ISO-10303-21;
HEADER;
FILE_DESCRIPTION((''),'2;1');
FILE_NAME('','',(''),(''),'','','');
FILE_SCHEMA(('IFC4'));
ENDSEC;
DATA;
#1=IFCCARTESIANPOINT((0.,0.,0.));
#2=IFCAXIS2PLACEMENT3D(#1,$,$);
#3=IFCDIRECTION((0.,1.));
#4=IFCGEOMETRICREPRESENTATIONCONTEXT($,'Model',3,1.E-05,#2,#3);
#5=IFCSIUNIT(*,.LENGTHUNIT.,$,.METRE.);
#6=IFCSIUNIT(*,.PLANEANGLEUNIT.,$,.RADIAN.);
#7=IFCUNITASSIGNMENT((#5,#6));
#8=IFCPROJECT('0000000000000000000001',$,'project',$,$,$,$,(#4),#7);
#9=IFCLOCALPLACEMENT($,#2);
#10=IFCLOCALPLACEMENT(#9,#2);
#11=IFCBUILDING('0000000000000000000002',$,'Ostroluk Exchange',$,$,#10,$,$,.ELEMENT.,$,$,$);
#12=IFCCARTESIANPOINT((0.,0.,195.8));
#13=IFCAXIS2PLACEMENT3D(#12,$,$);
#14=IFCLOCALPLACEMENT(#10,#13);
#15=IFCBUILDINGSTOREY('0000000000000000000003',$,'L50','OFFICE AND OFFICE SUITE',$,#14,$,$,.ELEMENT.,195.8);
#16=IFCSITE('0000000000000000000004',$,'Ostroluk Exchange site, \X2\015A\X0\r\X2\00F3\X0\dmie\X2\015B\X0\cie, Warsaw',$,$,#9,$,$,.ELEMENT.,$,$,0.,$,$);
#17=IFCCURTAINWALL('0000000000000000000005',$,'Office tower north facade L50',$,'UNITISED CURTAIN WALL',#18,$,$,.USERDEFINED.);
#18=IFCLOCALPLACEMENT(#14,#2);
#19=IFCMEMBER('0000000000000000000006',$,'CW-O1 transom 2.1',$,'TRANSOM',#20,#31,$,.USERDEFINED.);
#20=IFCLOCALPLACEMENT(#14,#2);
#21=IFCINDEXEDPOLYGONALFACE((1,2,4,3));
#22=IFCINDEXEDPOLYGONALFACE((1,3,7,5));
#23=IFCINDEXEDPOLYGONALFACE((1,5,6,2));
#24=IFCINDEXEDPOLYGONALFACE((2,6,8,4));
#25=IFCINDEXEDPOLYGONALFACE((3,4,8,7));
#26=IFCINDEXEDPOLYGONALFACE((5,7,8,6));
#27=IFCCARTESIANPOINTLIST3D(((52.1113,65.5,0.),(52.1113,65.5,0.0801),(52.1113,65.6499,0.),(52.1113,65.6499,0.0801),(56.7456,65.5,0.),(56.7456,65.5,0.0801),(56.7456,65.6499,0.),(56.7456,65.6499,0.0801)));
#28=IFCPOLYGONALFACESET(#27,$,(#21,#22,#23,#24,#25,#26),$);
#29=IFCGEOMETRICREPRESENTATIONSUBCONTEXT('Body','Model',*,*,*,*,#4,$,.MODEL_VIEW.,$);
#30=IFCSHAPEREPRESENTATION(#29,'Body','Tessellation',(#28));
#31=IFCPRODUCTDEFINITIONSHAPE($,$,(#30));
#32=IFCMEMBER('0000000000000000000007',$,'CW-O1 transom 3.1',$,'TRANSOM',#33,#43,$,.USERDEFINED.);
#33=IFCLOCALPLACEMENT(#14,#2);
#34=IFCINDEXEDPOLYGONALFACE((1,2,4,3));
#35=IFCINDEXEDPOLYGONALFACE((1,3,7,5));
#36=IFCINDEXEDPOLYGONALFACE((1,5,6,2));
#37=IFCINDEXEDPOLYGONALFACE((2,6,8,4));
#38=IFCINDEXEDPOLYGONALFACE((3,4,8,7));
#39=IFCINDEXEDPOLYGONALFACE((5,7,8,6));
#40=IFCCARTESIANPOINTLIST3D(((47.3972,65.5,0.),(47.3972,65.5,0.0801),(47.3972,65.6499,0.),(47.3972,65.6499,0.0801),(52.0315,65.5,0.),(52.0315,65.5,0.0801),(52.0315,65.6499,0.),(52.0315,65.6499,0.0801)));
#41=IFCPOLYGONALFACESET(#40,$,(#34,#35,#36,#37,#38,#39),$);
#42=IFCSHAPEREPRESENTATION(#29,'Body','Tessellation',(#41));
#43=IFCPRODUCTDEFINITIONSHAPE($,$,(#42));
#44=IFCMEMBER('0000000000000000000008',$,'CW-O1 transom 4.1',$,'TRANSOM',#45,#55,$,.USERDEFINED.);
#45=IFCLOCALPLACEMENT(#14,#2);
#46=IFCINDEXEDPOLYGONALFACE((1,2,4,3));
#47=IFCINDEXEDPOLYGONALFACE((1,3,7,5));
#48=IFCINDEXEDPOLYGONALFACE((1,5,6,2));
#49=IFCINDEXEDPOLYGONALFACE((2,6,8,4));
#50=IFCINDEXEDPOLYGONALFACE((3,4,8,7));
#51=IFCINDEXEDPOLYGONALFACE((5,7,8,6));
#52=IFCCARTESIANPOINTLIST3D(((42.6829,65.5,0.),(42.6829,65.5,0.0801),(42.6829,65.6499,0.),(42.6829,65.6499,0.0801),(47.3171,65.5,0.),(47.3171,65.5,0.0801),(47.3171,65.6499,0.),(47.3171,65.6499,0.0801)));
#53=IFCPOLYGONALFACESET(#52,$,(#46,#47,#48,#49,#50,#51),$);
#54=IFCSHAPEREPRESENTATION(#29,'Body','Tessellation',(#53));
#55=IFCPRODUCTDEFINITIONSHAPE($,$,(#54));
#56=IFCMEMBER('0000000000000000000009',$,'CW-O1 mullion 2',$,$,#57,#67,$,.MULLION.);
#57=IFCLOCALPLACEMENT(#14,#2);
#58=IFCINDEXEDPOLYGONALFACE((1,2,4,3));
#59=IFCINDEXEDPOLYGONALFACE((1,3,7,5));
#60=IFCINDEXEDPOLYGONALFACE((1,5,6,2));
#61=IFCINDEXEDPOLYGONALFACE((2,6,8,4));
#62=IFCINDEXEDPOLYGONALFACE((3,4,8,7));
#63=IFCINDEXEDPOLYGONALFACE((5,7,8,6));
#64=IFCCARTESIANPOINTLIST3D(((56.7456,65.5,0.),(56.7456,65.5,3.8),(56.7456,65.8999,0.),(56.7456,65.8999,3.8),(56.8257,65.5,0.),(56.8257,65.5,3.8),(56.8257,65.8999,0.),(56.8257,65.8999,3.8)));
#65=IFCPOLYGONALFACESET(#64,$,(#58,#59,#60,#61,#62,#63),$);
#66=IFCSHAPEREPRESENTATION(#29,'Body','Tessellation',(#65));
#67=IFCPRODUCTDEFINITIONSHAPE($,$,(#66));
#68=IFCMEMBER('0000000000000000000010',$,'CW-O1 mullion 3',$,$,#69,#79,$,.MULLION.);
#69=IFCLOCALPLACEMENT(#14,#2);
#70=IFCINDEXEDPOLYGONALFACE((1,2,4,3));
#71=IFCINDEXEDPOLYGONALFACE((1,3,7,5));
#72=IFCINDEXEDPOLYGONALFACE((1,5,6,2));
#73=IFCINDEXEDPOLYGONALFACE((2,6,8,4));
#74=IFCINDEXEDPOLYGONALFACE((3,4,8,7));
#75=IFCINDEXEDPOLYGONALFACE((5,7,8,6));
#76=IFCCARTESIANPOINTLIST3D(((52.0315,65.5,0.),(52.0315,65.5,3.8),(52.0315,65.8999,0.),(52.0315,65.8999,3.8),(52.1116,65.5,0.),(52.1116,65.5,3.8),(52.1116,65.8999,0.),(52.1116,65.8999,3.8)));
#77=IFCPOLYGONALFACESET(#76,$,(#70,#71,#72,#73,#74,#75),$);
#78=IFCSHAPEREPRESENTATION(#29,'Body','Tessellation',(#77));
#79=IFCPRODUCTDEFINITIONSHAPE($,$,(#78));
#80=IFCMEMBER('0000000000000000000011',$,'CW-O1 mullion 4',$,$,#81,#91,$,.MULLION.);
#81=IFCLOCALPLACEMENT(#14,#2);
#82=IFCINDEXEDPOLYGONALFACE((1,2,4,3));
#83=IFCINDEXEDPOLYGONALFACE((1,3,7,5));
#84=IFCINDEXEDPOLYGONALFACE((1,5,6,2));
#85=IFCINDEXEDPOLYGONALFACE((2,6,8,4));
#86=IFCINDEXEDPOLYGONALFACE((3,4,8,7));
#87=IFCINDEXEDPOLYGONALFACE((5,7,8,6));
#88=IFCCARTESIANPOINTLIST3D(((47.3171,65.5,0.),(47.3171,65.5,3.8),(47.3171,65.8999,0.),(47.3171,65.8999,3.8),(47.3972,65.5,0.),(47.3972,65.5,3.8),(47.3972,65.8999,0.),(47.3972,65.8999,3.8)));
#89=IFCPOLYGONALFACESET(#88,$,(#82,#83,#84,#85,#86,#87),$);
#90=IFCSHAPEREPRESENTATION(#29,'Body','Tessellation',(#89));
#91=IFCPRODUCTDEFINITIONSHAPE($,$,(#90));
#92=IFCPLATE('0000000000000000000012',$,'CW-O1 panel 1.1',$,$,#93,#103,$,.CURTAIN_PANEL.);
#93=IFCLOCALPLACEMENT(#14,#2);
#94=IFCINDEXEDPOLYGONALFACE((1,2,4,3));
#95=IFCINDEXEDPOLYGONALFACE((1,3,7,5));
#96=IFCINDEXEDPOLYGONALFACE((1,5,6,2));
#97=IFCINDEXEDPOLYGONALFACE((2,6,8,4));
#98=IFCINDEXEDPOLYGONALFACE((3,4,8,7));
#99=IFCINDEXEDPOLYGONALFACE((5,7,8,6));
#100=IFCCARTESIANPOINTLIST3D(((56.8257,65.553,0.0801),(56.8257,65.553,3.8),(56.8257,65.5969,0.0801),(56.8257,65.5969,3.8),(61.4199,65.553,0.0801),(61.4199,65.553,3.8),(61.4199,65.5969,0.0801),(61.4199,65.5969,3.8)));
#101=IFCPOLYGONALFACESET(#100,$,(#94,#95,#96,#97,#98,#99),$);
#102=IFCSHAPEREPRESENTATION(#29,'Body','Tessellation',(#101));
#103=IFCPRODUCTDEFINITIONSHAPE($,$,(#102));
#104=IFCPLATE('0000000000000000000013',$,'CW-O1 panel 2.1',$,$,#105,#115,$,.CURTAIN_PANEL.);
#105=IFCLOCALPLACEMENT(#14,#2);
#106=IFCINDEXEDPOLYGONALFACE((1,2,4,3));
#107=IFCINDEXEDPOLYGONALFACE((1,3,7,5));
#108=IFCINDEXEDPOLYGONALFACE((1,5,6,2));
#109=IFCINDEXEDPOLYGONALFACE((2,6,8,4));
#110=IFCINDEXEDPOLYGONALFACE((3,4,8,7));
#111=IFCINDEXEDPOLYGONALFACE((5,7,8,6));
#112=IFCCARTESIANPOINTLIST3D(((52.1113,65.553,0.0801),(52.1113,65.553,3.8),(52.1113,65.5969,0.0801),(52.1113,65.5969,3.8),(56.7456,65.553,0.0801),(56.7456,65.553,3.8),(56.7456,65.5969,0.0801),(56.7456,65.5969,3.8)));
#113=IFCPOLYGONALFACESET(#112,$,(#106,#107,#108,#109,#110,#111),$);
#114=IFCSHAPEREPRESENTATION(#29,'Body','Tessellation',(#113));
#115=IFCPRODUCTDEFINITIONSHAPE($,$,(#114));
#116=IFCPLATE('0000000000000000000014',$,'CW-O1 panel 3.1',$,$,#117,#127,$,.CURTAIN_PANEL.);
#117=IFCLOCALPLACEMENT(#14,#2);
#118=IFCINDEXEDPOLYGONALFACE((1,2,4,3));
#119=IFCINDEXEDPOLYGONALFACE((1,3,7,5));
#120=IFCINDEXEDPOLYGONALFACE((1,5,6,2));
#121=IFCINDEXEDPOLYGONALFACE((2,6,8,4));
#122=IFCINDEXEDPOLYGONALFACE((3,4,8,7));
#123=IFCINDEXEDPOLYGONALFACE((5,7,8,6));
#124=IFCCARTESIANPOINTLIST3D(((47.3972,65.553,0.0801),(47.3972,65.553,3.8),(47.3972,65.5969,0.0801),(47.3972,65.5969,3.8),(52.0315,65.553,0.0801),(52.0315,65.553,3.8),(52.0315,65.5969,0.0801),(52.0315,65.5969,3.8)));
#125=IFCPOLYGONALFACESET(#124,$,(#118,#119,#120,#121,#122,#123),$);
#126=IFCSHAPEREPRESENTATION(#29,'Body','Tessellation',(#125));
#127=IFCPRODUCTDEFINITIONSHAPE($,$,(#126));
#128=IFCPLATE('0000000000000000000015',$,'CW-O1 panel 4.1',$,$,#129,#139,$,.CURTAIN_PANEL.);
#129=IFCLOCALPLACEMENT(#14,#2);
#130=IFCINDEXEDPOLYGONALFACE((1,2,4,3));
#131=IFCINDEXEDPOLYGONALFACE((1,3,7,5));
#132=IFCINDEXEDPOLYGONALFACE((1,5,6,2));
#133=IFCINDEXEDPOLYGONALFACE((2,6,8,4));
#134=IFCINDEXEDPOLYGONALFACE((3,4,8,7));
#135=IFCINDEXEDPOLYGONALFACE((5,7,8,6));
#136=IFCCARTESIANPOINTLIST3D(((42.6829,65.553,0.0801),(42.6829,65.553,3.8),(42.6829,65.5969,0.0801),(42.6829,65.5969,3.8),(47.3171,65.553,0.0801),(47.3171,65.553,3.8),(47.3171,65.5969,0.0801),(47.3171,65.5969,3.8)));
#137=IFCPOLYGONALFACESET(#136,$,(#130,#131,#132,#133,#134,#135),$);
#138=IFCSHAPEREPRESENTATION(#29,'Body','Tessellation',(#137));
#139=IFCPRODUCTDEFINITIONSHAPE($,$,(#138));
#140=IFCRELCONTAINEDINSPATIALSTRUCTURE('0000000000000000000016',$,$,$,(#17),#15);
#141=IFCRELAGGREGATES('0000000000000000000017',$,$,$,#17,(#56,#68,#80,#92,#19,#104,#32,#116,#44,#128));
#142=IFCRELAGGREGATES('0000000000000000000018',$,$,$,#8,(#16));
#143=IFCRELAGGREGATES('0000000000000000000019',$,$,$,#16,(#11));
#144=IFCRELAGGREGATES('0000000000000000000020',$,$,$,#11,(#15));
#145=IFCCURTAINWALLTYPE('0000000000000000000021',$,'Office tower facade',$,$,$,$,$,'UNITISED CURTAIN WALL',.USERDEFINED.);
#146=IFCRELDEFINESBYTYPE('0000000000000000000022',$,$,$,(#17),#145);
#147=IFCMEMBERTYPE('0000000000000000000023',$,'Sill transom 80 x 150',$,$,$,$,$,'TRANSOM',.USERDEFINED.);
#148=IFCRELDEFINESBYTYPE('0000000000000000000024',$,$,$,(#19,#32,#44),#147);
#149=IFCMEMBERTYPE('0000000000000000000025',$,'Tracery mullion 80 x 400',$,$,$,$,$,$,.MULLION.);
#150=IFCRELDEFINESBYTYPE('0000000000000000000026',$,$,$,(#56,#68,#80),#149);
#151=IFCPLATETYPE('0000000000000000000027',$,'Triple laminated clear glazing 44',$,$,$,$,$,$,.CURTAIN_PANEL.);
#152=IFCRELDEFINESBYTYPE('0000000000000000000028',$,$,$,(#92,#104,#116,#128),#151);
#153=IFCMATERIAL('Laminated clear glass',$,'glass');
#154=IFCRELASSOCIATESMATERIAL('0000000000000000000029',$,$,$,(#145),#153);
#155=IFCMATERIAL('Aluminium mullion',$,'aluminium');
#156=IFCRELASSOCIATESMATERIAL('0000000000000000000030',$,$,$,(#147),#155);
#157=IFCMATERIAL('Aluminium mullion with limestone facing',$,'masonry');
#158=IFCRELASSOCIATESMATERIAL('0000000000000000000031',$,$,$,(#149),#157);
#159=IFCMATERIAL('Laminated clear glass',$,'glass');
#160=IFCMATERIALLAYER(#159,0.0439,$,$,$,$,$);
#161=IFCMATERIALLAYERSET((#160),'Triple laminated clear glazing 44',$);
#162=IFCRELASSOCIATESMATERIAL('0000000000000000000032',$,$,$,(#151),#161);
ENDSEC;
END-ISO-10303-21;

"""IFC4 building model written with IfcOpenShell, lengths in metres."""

from ifc_helpers import new_model, si_unit, direction, frame, origin, origin_2d, place, context, subcontext, project, spatial, rectangle, extrude, material, layer, layer_set, material_profile, profile_set, type_object, element, aggregate, save


model = new_model("IFC4")

# Units and contexts
model_context = context("Model", 3, precision=1e-05, world=origin(), true_north=direction((0.0, 1.0)))
body_context = subcontext(model_context, "Body", "Model", "MODEL_VIEW")
ifc_project = project(units=[si_unit("LENGTHUNIT", "METRE"), si_unit("PLANEANGLEUNIT", "RADIAN")], contexts=[model_context])

# Site, building, storey
site_placement = place(None, origin())
site = spatial("IfcSite", under=ifc_project, at=site_placement, Name="Ostroluk Exchange site, Śródmieście, Warsaw", CompositionType="ELEMENT", RefElevation=0.0)
building_placement = place(site_placement, origin())
building = spatial("IfcBuilding", under=site, at=building_placement, Name="Ostroluk Exchange", CompositionType="ELEMENT")
storey_placement = place(building_placement, frame((0.0, 0.0, 195.8)))
storey = spatial("IfcBuildingStorey", under=building, at=storey_placement, Name="L50", Description="OFFICE AND OFFICE SUITE", CompositionType="ELEMENT", Elevation=195.8)

# Curtain wall, members, plates
ifc_material_1 = material(Name="Laminated clear glass", Category="glass")
curtain_wall_type = type_object("IfcCurtainWallType", Name="Office tower facade", ElementType="UNITISED CURTAIN WALL", PredefinedType="USERDEFINED", material=ifc_material_1)
curtain_wall_placement = place(storey_placement, origin())
curtain_wall = element("IfcCurtainWall", 1, at=curtain_wall_placement, inside=storey, type_object=curtain_wall_type, Name="Office tower north facade L50", ObjectType="UNITISED CURTAIN WALL", PredefinedType="USERDEFINED")
ifc_material_2 = material(Name="Aluminium mullion", Category="aluminium")
ifc_material_profile_1 = material_profile(ifc_material_2, rectangle(XDim=0.1499, YDim=0.0801, at=origin_2d()), Name="Sill transom 80 x 150")
ifc_profile_set_1 = profile_set([ifc_material_profile_1], Name="Aluminium mullion")
member_type_1 = type_object("IfcMemberType", Name="Sill transom 80 x 150", ElementType="TRANSOM", PredefinedType="USERDEFINED", material=ifc_profile_set_1)
member_1_placement = place(storey_placement, frame((56.7456, 65.575, 0.04), z_axis=(-1.0, 0.0, 0.0), x_axis=(0.0, -1.0, 0.0)))
member_1 = element("IfcMember", 2, at=member_1_placement, type_object=member_type_1, Name="CW-O1 transom 2.1", ObjectType="TRANSOM", PredefinedType="USERDEFINED", context=body_context, shape_type="SweptSolid", body=[
    extrude(rectangle(XDim=0.1499, YDim=0.0801, at=origin_2d()), origin(), (0.0, 0.0, 1.0), 4.6343),
])
member_2_placement = place(storey_placement, frame((52.0315, 65.575, 0.04), z_axis=(-1.0, 0.0, 0.0), x_axis=(0.0, -1.0, 0.0)))
member_2 = element("IfcMember", 3, at=member_2_placement, type_object=member_type_1, Name="CW-O1 transom 3.1", ObjectType="TRANSOM", PredefinedType="USERDEFINED", context=body_context, shape_type="SweptSolid", body=[
    extrude(rectangle(XDim=0.1499, YDim=0.0801, at=origin_2d()), origin(), (0.0, 0.0, 1.0), 4.6343),
])
member_3_placement = place(storey_placement, frame((47.3171, 65.575, 0.04), z_axis=(-1.0, 0.0, 0.0), x_axis=(0.0, -1.0, 0.0)))
member_3 = element("IfcMember", 4, at=member_3_placement, type_object=member_type_1, Name="CW-O1 transom 4.1", ObjectType="TRANSOM", PredefinedType="USERDEFINED", context=body_context, shape_type="SweptSolid", body=[
    extrude(rectangle(XDim=0.1499, YDim=0.0801, at=origin_2d()), origin(), (0.0, 0.0, 1.0), 4.6343),
])
ifc_material_3 = material(Name="Aluminium mullion with limestone facing", Category="masonry")
ifc_material_profile_2 = material_profile(ifc_material_3, rectangle(XDim=0.3999, YDim=0.0801, at=origin_2d()), Name="Tracery mullion 80 x 400")
ifc_profile_set_2 = profile_set([ifc_material_profile_2], Name="Aluminium mullion with limestone facing")
member_type_2 = type_object("IfcMemberType", Name="Tracery mullion 80 x 400", PredefinedType="MULLION", material=ifc_profile_set_2)
member_4_placement = place(storey_placement, frame((56.7856, 65.7, 0.0), z_axis=(0.0, 0.0, 1.0), x_axis=(0.0, -1.0, 0.0)))
member_4 = element("IfcMember", 5, at=member_4_placement, type_object=member_type_2, Name="CW-O1 mullion 2", PredefinedType="MULLION", context=body_context, shape_type="SweptSolid", body=[
    extrude(rectangle(XDim=0.3999, YDim=0.0801, at=origin_2d()), origin(), (0.0, 0.0, 1.0), 3.8),
])
member_5_placement = place(storey_placement, frame((52.0715, 65.7, 0.0), z_axis=(0.0, 0.0, 1.0), x_axis=(0.0, -1.0, 0.0)))
member_5 = element("IfcMember", 6, at=member_5_placement, type_object=member_type_2, Name="CW-O1 mullion 3", PredefinedType="MULLION", context=body_context, shape_type="SweptSolid", body=[
    extrude(rectangle(XDim=0.3999, YDim=0.0801, at=origin_2d()), origin(), (0.0, 0.0, 1.0), 3.8),
])
member_6_placement = place(storey_placement, frame((47.3572, 65.7, 0.0), z_axis=(0.0, 0.0, 1.0), x_axis=(0.0, -1.0, 0.0)))
member_6 = element("IfcMember", 7, at=member_6_placement, type_object=member_type_2, Name="CW-O1 mullion 4", PredefinedType="MULLION", context=body_context, shape_type="SweptSolid", body=[
    extrude(rectangle(XDim=0.3999, YDim=0.0801, at=origin_2d()), origin(), (0.0, 0.0, 1.0), 3.8),
])
ifc_material_4 = material(Name="Laminated clear glass", Category="glass")
ifc_layer_1 = layer(ifc_material_4, 0.0439)
ifc_layer_set_1 = layer_set([ifc_layer_1], Name="Triple laminated clear glazing 44")
plate_type = type_object("IfcPlateType", Name="Triple laminated clear glazing 44", PredefinedType="CURTAIN_PANEL", material=ifc_layer_set_1)
plate_1_placement = place(storey_placement, frame((59.1228, 65.575, 0.0801), z_axis=(0.0, 0.0, 1.0), x_axis=(-1.0, 0.0, 0.0)))
plate_1 = element("IfcPlate", 8, at=plate_1_placement, type_object=plate_type, Name="CW-O1 panel 1.1", PredefinedType="CURTAIN_PANEL", context=body_context, shape_type="SweptSolid", body=[
    extrude(rectangle(XDim=4.5942, YDim=0.0439, at=origin_2d()), origin(), (0.0, 0.0, 1.0), 3.72),
])
plate_2_placement = place(storey_placement, frame((54.4285, 65.575, 0.0801), z_axis=(0.0, 0.0, 1.0), x_axis=(-1.0, 0.0, 0.0)))
plate_2 = element("IfcPlate", 9, at=plate_2_placement, type_object=plate_type, Name="CW-O1 panel 2.1", PredefinedType="CURTAIN_PANEL", context=body_context, shape_type="SweptSolid", body=[
    extrude(rectangle(XDim=4.6343, YDim=0.0439, at=origin_2d()), origin(), (0.0, 0.0, 1.0), 3.72),
])
plate_3_placement = place(storey_placement, frame((49.7144, 65.575, 0.0801), z_axis=(0.0, 0.0, 1.0), x_axis=(-1.0, 0.0, 0.0)))
plate_3 = element("IfcPlate", 10, at=plate_3_placement, type_object=plate_type, Name="CW-O1 panel 3.1", PredefinedType="CURTAIN_PANEL", context=body_context, shape_type="SweptSolid", body=[
    extrude(rectangle(XDim=4.6343, YDim=0.0439, at=origin_2d()), origin(), (0.0, 0.0, 1.0), 3.72),
])
plate_4_placement = place(storey_placement, frame((45.0, 65.575, 0.0801), z_axis=(0.0, 0.0, 1.0), x_axis=(-1.0, 0.0, 0.0)))
plate_4 = element("IfcPlate", 11, at=plate_4_placement, type_object=plate_type, Name="CW-O1 panel 4.1", PredefinedType="CURTAIN_PANEL", context=body_context, shape_type="SweptSolid", body=[
    extrude(rectangle(XDim=4.6343, YDim=0.0439, at=origin_2d()), origin(), (0.0, 0.0, 1.0), 3.72),
])
aggregate(curtain_wall, [member_4, member_5, member_6, plate_1, member_1, plate_2, member_2, plate_3, member_3, plate_4])

save(model, "model.ifc")
